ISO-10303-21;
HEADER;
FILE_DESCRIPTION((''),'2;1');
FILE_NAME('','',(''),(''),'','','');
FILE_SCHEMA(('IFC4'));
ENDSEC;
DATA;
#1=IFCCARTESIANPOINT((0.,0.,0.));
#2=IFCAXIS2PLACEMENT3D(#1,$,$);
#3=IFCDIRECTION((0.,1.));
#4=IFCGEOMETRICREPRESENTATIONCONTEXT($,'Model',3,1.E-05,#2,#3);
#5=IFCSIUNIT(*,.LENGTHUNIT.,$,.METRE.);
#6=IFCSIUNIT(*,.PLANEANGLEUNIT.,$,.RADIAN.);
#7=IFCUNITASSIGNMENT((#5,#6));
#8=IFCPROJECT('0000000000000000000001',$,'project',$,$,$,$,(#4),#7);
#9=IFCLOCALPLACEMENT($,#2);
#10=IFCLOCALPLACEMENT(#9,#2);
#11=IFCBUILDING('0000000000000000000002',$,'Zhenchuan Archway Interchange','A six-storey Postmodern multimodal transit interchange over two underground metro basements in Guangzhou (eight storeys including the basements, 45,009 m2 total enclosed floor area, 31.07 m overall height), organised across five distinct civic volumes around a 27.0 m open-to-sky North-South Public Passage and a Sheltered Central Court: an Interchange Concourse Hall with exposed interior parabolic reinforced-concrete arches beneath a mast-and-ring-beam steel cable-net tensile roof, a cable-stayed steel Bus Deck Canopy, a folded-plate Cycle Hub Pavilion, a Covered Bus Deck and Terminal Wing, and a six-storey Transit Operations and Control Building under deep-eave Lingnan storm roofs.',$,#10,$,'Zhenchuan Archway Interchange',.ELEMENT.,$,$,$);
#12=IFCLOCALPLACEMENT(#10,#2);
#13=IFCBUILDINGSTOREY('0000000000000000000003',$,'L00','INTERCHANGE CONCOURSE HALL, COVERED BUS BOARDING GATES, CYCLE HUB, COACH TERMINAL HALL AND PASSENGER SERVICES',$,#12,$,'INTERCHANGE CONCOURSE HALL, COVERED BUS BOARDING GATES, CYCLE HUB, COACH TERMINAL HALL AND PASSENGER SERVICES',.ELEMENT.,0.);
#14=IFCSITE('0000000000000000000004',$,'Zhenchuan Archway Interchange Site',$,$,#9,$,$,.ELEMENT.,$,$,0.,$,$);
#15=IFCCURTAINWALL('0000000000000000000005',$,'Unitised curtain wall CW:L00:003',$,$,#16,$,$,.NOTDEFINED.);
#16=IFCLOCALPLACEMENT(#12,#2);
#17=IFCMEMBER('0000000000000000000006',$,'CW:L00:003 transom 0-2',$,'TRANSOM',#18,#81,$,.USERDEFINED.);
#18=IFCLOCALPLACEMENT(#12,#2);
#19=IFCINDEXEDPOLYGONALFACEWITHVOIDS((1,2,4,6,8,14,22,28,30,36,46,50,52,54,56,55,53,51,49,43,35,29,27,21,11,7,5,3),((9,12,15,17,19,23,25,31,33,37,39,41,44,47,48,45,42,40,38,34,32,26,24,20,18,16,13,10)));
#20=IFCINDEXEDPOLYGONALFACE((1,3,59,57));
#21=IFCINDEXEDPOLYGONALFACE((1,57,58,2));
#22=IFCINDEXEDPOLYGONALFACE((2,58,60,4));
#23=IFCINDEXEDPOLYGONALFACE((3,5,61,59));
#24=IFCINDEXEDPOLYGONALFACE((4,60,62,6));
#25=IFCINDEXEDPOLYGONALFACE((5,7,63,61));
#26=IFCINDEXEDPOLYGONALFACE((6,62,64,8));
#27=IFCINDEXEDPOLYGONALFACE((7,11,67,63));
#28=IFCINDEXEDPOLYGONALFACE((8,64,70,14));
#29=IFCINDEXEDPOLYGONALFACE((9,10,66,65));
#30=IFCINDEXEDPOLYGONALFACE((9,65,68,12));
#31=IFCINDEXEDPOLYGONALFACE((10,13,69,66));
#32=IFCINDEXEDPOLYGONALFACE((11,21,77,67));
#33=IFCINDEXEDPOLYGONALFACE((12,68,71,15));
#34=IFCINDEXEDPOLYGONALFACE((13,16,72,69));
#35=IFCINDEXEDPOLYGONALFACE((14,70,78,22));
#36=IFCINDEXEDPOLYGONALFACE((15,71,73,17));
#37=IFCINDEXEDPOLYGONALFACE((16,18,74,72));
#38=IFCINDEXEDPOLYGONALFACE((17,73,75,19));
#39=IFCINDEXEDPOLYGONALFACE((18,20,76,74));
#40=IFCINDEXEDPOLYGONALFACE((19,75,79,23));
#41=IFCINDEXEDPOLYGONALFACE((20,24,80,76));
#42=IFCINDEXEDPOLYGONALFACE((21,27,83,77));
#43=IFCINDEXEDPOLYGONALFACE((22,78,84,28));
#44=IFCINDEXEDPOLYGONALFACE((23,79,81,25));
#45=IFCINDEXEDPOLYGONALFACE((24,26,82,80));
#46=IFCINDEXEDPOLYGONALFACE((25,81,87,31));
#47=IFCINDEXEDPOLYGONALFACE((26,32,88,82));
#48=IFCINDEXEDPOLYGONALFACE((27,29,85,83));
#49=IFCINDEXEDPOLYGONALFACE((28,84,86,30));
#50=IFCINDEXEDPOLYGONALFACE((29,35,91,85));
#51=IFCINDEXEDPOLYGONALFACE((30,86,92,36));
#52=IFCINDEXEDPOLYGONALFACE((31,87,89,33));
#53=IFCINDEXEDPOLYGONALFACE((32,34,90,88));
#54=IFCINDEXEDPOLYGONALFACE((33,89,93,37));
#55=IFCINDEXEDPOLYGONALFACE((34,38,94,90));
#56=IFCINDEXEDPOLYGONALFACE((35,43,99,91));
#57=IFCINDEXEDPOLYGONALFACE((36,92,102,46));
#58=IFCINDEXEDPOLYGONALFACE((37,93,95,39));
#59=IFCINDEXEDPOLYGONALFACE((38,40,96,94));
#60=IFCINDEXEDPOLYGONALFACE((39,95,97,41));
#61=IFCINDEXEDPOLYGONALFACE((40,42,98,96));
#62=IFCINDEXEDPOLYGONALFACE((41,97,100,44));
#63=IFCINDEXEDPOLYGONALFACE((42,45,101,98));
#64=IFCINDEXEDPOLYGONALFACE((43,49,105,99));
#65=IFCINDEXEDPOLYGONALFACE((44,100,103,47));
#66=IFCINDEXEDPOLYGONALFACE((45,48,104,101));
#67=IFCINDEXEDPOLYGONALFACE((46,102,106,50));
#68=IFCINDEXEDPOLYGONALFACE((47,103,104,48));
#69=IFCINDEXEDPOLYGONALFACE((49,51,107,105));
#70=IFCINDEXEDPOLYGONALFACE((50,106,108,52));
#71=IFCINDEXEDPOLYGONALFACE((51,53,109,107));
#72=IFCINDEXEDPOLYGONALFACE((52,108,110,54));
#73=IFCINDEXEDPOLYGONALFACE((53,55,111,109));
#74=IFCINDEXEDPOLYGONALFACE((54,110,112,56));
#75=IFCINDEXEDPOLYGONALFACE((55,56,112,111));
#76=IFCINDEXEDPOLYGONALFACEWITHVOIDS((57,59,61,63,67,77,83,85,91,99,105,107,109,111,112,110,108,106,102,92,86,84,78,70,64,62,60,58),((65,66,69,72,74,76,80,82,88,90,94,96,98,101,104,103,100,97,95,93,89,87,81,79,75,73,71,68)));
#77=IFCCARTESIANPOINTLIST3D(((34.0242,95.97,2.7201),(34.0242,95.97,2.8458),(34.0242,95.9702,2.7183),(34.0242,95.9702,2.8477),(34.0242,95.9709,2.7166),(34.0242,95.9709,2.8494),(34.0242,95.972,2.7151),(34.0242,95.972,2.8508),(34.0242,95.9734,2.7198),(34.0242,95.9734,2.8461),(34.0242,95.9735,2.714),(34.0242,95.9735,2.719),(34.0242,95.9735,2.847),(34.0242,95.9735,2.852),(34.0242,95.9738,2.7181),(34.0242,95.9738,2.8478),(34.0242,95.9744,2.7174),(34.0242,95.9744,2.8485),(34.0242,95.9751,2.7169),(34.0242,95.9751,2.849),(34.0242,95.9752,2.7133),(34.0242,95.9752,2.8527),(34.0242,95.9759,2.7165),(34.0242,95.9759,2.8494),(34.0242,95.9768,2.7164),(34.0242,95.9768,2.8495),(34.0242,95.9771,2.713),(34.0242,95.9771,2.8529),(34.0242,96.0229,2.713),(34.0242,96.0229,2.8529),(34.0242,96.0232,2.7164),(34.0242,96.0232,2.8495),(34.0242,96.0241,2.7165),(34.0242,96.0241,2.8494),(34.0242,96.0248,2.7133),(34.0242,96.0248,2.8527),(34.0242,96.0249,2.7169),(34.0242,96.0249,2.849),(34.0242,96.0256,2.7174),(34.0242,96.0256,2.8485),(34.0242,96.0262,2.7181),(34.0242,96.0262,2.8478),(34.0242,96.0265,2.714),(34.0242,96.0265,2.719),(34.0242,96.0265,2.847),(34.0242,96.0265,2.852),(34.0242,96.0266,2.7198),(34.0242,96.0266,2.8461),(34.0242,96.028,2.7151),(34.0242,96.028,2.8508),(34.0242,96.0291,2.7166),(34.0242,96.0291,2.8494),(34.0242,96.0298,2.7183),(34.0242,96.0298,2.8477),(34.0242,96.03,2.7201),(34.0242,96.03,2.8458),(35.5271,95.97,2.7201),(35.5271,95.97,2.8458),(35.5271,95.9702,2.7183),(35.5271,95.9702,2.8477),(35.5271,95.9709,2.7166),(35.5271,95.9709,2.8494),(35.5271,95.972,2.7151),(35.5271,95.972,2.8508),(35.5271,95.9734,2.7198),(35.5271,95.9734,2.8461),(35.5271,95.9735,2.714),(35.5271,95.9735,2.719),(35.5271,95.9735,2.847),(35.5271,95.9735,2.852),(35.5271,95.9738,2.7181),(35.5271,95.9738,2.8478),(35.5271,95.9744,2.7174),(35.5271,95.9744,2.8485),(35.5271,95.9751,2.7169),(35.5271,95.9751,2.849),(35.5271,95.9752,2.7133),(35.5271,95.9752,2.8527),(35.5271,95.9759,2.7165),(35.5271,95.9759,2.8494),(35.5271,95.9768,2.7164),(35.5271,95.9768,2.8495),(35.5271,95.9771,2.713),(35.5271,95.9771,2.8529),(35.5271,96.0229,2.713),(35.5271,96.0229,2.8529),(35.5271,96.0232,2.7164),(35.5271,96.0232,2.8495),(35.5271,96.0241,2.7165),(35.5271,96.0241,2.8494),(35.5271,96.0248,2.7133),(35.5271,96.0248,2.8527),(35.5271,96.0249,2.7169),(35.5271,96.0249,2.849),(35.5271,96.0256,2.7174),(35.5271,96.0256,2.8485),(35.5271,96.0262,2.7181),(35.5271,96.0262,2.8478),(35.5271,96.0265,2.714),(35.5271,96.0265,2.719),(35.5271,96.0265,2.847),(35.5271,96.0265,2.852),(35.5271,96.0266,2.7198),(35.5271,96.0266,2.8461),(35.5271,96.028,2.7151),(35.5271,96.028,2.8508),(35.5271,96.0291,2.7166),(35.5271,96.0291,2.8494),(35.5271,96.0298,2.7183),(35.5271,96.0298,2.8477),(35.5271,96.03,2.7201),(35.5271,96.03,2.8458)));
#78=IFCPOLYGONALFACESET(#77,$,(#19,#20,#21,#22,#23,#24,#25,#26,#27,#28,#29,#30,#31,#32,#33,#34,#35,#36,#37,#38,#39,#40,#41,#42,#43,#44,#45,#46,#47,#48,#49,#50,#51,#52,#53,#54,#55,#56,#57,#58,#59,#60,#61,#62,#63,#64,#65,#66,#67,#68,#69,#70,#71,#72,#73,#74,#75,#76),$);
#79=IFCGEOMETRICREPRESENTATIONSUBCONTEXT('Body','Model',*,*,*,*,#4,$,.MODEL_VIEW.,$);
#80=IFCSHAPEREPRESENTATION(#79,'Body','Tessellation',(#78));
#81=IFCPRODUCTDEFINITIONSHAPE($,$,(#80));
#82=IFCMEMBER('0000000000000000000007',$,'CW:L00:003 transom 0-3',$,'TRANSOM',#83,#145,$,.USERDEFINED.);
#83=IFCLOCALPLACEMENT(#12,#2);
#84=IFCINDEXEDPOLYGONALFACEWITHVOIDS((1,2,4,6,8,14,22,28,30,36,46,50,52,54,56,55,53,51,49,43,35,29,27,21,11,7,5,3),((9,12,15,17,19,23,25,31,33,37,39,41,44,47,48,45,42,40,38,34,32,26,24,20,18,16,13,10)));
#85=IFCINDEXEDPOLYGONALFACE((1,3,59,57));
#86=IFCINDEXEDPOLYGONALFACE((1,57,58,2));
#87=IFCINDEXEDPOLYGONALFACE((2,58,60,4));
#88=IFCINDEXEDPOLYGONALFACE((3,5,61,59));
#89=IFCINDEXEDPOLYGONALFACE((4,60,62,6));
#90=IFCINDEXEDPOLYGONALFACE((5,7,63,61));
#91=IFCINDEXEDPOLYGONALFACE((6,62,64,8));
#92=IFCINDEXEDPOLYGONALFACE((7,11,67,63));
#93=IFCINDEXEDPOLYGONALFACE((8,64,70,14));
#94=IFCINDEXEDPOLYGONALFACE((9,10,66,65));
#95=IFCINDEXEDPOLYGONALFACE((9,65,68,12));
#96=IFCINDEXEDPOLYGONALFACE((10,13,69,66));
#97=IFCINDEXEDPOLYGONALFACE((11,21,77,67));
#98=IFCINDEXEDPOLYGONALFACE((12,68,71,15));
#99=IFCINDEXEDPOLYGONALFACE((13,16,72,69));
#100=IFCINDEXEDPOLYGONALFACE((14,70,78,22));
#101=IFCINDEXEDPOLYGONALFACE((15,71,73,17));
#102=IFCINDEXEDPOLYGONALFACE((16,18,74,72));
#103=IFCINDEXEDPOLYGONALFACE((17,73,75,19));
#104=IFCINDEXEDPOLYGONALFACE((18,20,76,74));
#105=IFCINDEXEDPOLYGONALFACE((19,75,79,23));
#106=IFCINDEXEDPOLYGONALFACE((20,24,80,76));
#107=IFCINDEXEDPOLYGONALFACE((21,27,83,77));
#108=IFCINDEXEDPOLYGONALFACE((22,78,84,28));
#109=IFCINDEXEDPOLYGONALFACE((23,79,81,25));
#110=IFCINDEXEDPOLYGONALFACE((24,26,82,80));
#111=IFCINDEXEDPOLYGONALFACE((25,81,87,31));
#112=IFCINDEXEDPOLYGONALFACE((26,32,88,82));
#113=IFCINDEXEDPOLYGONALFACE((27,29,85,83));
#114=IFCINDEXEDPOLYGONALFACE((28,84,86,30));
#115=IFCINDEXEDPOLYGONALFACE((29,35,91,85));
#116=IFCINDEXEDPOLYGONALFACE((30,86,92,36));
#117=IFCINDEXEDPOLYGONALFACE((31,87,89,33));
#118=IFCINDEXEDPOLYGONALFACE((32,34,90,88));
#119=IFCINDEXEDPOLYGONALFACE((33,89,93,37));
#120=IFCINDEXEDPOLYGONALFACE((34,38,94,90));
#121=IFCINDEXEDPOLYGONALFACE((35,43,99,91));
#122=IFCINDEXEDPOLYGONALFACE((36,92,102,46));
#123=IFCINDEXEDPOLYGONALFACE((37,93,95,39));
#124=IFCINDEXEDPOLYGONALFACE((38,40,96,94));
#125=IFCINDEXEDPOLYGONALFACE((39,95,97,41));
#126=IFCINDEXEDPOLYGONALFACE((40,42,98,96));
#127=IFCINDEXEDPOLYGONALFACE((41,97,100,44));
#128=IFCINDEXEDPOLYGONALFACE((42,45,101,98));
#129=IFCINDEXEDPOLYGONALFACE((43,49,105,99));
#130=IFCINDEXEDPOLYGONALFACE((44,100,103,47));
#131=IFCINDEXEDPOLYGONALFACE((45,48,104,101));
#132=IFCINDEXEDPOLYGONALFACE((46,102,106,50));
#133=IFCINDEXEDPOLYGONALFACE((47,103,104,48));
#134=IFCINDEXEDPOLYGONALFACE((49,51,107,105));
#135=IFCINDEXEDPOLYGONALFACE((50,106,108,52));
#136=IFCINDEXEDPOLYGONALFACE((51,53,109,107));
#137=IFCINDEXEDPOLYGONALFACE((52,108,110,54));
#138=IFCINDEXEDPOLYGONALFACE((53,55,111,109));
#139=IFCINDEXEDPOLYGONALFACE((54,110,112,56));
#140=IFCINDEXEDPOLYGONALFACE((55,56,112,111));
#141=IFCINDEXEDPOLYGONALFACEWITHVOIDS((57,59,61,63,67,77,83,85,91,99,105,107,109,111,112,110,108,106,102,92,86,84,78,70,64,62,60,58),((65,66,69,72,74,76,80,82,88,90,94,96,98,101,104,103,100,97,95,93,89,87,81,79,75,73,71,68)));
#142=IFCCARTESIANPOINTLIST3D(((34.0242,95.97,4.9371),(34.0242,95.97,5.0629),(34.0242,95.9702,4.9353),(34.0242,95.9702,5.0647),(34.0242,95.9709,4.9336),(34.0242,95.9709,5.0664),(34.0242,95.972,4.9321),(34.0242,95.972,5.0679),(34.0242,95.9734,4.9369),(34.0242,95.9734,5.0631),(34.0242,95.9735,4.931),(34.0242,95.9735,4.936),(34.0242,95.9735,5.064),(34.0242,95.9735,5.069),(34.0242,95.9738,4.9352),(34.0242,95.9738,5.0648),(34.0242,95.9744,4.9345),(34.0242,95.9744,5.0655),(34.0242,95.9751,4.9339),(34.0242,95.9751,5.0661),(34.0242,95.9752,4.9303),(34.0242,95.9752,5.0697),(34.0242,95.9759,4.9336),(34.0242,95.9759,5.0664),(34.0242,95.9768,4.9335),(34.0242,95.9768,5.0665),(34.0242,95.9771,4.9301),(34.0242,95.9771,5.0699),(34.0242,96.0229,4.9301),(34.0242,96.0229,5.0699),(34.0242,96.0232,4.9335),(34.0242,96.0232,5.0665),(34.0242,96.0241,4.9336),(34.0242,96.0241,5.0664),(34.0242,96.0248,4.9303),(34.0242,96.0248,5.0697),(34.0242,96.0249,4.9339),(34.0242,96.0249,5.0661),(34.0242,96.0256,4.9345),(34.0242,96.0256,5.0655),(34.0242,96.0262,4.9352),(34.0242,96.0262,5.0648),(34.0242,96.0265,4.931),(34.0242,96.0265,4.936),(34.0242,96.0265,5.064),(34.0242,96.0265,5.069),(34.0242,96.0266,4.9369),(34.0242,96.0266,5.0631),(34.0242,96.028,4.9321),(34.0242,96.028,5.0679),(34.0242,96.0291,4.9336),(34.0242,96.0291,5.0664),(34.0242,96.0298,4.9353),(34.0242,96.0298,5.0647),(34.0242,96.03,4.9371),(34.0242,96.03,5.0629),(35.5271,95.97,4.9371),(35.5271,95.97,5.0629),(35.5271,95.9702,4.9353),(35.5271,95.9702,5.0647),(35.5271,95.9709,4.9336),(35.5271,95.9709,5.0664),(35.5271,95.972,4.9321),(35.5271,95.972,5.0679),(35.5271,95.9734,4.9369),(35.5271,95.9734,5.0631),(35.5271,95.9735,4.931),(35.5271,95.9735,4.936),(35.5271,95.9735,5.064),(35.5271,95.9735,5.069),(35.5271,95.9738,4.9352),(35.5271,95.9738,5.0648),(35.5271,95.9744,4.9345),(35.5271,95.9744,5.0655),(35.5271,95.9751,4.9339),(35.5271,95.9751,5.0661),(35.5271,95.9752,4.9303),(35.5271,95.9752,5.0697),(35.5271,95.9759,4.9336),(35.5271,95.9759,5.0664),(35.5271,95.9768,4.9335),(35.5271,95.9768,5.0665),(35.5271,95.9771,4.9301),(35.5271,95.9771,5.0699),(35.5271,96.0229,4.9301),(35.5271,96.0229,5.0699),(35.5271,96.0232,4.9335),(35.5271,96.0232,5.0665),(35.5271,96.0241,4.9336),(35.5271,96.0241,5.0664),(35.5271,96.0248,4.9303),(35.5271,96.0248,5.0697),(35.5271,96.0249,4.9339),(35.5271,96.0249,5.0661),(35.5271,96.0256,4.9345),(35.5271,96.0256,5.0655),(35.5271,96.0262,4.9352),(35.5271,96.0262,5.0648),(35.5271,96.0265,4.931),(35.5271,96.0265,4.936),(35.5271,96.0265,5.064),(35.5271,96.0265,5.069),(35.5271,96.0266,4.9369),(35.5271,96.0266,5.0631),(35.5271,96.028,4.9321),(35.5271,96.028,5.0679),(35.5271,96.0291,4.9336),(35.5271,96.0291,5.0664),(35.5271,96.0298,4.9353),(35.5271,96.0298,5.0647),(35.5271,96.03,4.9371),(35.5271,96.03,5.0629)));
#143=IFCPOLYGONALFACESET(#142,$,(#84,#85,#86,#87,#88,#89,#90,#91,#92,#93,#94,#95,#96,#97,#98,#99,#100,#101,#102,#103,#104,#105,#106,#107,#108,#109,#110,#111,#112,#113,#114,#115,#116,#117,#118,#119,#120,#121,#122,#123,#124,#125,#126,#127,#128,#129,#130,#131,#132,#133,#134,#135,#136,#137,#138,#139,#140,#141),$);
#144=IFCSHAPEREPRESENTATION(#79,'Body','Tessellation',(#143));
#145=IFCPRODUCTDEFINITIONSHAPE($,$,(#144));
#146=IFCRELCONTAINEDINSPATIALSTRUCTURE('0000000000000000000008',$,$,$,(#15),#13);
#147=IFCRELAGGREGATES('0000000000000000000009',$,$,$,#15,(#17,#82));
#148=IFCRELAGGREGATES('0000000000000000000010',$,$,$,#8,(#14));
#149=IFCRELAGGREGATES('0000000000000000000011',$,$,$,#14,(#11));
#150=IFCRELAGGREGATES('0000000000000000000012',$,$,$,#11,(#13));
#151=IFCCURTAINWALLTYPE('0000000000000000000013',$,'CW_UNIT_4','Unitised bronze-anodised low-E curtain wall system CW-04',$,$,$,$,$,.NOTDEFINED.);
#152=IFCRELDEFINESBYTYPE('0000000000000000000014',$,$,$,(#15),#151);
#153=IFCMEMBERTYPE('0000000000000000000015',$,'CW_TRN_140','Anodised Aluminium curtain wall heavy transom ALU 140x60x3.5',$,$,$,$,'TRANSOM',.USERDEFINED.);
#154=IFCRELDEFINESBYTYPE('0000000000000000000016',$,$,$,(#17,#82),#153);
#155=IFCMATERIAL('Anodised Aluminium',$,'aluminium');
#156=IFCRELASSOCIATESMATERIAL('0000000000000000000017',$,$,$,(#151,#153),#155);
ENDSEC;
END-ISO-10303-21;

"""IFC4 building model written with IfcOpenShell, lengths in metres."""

from ifc_helpers import new_model, si_unit, direction, frame, origin, origin_2d, place, context, subcontext, project, spatial, hollow_rectangle, extrude, material, material_profile, profile_set, type_object, element, aggregate, save


model = new_model("IFC4")

# Units and contexts
model_context = context("Model", 3, precision=1e-05, world=origin(), true_north=direction((0.0, 1.0)))
body_context = subcontext(model_context, "Body", "Model", "MODEL_VIEW")
ifc_project = project(units=[si_unit("LENGTHUNIT", "METRE"), si_unit("PLANEANGLEUNIT", "RADIAN")], contexts=[model_context])

# Site, building, storey
site_placement = place(None, origin())
site = spatial("IfcSite", under=ifc_project, at=site_placement, Name="Zhenchuan Archway Interchange Site", CompositionType="ELEMENT", RefElevation=0.0)
building_placement = place(site_placement, origin())
building = spatial("IfcBuilding", under=site, at=building_placement, Name="Zhenchuan Archway Interchange", Description="A six-storey Postmodern multimodal transit interchange over two underground metro basements in Guangzhou (eight storeys including the basements, 45,009 m2 total enclosed floor area, 31.07 m overall height), organised across five distinct civic volumes around a 27.0 m open-to-sky North-South Public Passage and a Sheltered Central Court: an Interchange Concourse Hall with exposed interior parabolic reinforced-concrete arches beneath a mast-and-ring-beam steel cable-net tensile roof, a cable-stayed steel Bus Deck Canopy, a folded-plate Cycle Hub Pavilion, a Covered Bus Deck and Terminal Wing, and a six-storey Transit Operations and Control Building under deep-eave Lingnan storm roofs.", LongName="Zhenchuan Archway Interchange", CompositionType="ELEMENT")
storey_placement = place(building_placement, origin())
storey = spatial("IfcBuildingStorey", under=building, at=storey_placement, Name="L00", Description="INTERCHANGE CONCOURSE HALL, COVERED BUS BOARDING GATES, CYCLE HUB, COACH TERMINAL HALL AND PASSENGER SERVICES", LongName="INTERCHANGE CONCOURSE HALL, COVERED BUS BOARDING GATES, CYCLE HUB, COACH TERMINAL HALL AND PASSENGER SERVICES", CompositionType="ELEMENT", Elevation=0.0)

# Curtain wall, members
ifc_material_1 = material(Name="Anodised Aluminium", Category="aluminium")
curtain_wall_type = type_object("IfcCurtainWallType", Name="CW_UNIT_4", Description="Unitised bronze-anodised low-E curtain wall system CW-04", PredefinedType="NOTDEFINED", material=ifc_material_1)
curtain_wall_placement = place(storey_placement, origin())
curtain_wall = element("IfcCurtainWall", 1, at=curtain_wall_placement, inside=storey, type_object=curtain_wall_type, Name="Unitised curtain wall CW:L00:003", PredefinedType="NOTDEFINED")
ifc_material_profile_1 = material_profile(ifc_material_1, hollow_rectangle(XDim=0.0601, YDim=0.1399, WallThickness=0.0034, InnerFilletRadius=0.0034, OuterFilletRadius=0.0071, at=origin_2d()), Name="ALU 140x60x3.5")
ifc_profile_set_1 = profile_set([ifc_material_profile_1], Name="Anodised Aluminium")
member_type_1 = type_object("IfcMemberType", Name="CW_TRN_140", Description="Anodised Aluminium curtain wall heavy transom ALU 140x60x3.5", ElementType="TRANSOM", PredefinedType="USERDEFINED", material=ifc_profile_set_1)
member_1_placement = place(storey_placement, frame((35.5271, 96.0, 2.783), z_axis=(-1.0, 0.0, 0.0), x_axis=(0.0, -1.0, 0.0)))
member_1 = element("IfcMember", 2, at=member_1_placement, type_object=member_type_1, Name="CW:L00:003 transom 0-2", ObjectType="TRANSOM", PredefinedType="USERDEFINED", context=body_context, shape_type="SweptSolid", body=[
    extrude(hollow_rectangle(XDim=0.0601, YDim=0.1399, WallThickness=0.0034, InnerFilletRadius=0.0034, OuterFilletRadius=0.0071, at=origin_2d()), origin(), (0.0, 0.0, 1.0), 1.5029),
])
member_2_placement = place(storey_placement, frame((35.5271, 96.0, 5.0), z_axis=(-1.0, 0.0, 0.0), x_axis=(0.0, -1.0, 0.0)))
member_2 = element("IfcMember", 3, at=member_2_placement, type_object=member_type_1, Name="CW:L00:003 transom 0-3", ObjectType="TRANSOM", PredefinedType="USERDEFINED", context=body_context, shape_type="SweptSolid", body=[
    extrude(hollow_rectangle(XDim=0.0601, YDim=0.1399, WallThickness=0.0034, InnerFilletRadius=0.0034, OuterFilletRadius=0.0071, at=origin_2d()), origin(), (0.0, 0.0, 1.0), 1.5029),
])

aggregate(curtain_wall, [member_1, member_2])

save(model, "model.ifc")
